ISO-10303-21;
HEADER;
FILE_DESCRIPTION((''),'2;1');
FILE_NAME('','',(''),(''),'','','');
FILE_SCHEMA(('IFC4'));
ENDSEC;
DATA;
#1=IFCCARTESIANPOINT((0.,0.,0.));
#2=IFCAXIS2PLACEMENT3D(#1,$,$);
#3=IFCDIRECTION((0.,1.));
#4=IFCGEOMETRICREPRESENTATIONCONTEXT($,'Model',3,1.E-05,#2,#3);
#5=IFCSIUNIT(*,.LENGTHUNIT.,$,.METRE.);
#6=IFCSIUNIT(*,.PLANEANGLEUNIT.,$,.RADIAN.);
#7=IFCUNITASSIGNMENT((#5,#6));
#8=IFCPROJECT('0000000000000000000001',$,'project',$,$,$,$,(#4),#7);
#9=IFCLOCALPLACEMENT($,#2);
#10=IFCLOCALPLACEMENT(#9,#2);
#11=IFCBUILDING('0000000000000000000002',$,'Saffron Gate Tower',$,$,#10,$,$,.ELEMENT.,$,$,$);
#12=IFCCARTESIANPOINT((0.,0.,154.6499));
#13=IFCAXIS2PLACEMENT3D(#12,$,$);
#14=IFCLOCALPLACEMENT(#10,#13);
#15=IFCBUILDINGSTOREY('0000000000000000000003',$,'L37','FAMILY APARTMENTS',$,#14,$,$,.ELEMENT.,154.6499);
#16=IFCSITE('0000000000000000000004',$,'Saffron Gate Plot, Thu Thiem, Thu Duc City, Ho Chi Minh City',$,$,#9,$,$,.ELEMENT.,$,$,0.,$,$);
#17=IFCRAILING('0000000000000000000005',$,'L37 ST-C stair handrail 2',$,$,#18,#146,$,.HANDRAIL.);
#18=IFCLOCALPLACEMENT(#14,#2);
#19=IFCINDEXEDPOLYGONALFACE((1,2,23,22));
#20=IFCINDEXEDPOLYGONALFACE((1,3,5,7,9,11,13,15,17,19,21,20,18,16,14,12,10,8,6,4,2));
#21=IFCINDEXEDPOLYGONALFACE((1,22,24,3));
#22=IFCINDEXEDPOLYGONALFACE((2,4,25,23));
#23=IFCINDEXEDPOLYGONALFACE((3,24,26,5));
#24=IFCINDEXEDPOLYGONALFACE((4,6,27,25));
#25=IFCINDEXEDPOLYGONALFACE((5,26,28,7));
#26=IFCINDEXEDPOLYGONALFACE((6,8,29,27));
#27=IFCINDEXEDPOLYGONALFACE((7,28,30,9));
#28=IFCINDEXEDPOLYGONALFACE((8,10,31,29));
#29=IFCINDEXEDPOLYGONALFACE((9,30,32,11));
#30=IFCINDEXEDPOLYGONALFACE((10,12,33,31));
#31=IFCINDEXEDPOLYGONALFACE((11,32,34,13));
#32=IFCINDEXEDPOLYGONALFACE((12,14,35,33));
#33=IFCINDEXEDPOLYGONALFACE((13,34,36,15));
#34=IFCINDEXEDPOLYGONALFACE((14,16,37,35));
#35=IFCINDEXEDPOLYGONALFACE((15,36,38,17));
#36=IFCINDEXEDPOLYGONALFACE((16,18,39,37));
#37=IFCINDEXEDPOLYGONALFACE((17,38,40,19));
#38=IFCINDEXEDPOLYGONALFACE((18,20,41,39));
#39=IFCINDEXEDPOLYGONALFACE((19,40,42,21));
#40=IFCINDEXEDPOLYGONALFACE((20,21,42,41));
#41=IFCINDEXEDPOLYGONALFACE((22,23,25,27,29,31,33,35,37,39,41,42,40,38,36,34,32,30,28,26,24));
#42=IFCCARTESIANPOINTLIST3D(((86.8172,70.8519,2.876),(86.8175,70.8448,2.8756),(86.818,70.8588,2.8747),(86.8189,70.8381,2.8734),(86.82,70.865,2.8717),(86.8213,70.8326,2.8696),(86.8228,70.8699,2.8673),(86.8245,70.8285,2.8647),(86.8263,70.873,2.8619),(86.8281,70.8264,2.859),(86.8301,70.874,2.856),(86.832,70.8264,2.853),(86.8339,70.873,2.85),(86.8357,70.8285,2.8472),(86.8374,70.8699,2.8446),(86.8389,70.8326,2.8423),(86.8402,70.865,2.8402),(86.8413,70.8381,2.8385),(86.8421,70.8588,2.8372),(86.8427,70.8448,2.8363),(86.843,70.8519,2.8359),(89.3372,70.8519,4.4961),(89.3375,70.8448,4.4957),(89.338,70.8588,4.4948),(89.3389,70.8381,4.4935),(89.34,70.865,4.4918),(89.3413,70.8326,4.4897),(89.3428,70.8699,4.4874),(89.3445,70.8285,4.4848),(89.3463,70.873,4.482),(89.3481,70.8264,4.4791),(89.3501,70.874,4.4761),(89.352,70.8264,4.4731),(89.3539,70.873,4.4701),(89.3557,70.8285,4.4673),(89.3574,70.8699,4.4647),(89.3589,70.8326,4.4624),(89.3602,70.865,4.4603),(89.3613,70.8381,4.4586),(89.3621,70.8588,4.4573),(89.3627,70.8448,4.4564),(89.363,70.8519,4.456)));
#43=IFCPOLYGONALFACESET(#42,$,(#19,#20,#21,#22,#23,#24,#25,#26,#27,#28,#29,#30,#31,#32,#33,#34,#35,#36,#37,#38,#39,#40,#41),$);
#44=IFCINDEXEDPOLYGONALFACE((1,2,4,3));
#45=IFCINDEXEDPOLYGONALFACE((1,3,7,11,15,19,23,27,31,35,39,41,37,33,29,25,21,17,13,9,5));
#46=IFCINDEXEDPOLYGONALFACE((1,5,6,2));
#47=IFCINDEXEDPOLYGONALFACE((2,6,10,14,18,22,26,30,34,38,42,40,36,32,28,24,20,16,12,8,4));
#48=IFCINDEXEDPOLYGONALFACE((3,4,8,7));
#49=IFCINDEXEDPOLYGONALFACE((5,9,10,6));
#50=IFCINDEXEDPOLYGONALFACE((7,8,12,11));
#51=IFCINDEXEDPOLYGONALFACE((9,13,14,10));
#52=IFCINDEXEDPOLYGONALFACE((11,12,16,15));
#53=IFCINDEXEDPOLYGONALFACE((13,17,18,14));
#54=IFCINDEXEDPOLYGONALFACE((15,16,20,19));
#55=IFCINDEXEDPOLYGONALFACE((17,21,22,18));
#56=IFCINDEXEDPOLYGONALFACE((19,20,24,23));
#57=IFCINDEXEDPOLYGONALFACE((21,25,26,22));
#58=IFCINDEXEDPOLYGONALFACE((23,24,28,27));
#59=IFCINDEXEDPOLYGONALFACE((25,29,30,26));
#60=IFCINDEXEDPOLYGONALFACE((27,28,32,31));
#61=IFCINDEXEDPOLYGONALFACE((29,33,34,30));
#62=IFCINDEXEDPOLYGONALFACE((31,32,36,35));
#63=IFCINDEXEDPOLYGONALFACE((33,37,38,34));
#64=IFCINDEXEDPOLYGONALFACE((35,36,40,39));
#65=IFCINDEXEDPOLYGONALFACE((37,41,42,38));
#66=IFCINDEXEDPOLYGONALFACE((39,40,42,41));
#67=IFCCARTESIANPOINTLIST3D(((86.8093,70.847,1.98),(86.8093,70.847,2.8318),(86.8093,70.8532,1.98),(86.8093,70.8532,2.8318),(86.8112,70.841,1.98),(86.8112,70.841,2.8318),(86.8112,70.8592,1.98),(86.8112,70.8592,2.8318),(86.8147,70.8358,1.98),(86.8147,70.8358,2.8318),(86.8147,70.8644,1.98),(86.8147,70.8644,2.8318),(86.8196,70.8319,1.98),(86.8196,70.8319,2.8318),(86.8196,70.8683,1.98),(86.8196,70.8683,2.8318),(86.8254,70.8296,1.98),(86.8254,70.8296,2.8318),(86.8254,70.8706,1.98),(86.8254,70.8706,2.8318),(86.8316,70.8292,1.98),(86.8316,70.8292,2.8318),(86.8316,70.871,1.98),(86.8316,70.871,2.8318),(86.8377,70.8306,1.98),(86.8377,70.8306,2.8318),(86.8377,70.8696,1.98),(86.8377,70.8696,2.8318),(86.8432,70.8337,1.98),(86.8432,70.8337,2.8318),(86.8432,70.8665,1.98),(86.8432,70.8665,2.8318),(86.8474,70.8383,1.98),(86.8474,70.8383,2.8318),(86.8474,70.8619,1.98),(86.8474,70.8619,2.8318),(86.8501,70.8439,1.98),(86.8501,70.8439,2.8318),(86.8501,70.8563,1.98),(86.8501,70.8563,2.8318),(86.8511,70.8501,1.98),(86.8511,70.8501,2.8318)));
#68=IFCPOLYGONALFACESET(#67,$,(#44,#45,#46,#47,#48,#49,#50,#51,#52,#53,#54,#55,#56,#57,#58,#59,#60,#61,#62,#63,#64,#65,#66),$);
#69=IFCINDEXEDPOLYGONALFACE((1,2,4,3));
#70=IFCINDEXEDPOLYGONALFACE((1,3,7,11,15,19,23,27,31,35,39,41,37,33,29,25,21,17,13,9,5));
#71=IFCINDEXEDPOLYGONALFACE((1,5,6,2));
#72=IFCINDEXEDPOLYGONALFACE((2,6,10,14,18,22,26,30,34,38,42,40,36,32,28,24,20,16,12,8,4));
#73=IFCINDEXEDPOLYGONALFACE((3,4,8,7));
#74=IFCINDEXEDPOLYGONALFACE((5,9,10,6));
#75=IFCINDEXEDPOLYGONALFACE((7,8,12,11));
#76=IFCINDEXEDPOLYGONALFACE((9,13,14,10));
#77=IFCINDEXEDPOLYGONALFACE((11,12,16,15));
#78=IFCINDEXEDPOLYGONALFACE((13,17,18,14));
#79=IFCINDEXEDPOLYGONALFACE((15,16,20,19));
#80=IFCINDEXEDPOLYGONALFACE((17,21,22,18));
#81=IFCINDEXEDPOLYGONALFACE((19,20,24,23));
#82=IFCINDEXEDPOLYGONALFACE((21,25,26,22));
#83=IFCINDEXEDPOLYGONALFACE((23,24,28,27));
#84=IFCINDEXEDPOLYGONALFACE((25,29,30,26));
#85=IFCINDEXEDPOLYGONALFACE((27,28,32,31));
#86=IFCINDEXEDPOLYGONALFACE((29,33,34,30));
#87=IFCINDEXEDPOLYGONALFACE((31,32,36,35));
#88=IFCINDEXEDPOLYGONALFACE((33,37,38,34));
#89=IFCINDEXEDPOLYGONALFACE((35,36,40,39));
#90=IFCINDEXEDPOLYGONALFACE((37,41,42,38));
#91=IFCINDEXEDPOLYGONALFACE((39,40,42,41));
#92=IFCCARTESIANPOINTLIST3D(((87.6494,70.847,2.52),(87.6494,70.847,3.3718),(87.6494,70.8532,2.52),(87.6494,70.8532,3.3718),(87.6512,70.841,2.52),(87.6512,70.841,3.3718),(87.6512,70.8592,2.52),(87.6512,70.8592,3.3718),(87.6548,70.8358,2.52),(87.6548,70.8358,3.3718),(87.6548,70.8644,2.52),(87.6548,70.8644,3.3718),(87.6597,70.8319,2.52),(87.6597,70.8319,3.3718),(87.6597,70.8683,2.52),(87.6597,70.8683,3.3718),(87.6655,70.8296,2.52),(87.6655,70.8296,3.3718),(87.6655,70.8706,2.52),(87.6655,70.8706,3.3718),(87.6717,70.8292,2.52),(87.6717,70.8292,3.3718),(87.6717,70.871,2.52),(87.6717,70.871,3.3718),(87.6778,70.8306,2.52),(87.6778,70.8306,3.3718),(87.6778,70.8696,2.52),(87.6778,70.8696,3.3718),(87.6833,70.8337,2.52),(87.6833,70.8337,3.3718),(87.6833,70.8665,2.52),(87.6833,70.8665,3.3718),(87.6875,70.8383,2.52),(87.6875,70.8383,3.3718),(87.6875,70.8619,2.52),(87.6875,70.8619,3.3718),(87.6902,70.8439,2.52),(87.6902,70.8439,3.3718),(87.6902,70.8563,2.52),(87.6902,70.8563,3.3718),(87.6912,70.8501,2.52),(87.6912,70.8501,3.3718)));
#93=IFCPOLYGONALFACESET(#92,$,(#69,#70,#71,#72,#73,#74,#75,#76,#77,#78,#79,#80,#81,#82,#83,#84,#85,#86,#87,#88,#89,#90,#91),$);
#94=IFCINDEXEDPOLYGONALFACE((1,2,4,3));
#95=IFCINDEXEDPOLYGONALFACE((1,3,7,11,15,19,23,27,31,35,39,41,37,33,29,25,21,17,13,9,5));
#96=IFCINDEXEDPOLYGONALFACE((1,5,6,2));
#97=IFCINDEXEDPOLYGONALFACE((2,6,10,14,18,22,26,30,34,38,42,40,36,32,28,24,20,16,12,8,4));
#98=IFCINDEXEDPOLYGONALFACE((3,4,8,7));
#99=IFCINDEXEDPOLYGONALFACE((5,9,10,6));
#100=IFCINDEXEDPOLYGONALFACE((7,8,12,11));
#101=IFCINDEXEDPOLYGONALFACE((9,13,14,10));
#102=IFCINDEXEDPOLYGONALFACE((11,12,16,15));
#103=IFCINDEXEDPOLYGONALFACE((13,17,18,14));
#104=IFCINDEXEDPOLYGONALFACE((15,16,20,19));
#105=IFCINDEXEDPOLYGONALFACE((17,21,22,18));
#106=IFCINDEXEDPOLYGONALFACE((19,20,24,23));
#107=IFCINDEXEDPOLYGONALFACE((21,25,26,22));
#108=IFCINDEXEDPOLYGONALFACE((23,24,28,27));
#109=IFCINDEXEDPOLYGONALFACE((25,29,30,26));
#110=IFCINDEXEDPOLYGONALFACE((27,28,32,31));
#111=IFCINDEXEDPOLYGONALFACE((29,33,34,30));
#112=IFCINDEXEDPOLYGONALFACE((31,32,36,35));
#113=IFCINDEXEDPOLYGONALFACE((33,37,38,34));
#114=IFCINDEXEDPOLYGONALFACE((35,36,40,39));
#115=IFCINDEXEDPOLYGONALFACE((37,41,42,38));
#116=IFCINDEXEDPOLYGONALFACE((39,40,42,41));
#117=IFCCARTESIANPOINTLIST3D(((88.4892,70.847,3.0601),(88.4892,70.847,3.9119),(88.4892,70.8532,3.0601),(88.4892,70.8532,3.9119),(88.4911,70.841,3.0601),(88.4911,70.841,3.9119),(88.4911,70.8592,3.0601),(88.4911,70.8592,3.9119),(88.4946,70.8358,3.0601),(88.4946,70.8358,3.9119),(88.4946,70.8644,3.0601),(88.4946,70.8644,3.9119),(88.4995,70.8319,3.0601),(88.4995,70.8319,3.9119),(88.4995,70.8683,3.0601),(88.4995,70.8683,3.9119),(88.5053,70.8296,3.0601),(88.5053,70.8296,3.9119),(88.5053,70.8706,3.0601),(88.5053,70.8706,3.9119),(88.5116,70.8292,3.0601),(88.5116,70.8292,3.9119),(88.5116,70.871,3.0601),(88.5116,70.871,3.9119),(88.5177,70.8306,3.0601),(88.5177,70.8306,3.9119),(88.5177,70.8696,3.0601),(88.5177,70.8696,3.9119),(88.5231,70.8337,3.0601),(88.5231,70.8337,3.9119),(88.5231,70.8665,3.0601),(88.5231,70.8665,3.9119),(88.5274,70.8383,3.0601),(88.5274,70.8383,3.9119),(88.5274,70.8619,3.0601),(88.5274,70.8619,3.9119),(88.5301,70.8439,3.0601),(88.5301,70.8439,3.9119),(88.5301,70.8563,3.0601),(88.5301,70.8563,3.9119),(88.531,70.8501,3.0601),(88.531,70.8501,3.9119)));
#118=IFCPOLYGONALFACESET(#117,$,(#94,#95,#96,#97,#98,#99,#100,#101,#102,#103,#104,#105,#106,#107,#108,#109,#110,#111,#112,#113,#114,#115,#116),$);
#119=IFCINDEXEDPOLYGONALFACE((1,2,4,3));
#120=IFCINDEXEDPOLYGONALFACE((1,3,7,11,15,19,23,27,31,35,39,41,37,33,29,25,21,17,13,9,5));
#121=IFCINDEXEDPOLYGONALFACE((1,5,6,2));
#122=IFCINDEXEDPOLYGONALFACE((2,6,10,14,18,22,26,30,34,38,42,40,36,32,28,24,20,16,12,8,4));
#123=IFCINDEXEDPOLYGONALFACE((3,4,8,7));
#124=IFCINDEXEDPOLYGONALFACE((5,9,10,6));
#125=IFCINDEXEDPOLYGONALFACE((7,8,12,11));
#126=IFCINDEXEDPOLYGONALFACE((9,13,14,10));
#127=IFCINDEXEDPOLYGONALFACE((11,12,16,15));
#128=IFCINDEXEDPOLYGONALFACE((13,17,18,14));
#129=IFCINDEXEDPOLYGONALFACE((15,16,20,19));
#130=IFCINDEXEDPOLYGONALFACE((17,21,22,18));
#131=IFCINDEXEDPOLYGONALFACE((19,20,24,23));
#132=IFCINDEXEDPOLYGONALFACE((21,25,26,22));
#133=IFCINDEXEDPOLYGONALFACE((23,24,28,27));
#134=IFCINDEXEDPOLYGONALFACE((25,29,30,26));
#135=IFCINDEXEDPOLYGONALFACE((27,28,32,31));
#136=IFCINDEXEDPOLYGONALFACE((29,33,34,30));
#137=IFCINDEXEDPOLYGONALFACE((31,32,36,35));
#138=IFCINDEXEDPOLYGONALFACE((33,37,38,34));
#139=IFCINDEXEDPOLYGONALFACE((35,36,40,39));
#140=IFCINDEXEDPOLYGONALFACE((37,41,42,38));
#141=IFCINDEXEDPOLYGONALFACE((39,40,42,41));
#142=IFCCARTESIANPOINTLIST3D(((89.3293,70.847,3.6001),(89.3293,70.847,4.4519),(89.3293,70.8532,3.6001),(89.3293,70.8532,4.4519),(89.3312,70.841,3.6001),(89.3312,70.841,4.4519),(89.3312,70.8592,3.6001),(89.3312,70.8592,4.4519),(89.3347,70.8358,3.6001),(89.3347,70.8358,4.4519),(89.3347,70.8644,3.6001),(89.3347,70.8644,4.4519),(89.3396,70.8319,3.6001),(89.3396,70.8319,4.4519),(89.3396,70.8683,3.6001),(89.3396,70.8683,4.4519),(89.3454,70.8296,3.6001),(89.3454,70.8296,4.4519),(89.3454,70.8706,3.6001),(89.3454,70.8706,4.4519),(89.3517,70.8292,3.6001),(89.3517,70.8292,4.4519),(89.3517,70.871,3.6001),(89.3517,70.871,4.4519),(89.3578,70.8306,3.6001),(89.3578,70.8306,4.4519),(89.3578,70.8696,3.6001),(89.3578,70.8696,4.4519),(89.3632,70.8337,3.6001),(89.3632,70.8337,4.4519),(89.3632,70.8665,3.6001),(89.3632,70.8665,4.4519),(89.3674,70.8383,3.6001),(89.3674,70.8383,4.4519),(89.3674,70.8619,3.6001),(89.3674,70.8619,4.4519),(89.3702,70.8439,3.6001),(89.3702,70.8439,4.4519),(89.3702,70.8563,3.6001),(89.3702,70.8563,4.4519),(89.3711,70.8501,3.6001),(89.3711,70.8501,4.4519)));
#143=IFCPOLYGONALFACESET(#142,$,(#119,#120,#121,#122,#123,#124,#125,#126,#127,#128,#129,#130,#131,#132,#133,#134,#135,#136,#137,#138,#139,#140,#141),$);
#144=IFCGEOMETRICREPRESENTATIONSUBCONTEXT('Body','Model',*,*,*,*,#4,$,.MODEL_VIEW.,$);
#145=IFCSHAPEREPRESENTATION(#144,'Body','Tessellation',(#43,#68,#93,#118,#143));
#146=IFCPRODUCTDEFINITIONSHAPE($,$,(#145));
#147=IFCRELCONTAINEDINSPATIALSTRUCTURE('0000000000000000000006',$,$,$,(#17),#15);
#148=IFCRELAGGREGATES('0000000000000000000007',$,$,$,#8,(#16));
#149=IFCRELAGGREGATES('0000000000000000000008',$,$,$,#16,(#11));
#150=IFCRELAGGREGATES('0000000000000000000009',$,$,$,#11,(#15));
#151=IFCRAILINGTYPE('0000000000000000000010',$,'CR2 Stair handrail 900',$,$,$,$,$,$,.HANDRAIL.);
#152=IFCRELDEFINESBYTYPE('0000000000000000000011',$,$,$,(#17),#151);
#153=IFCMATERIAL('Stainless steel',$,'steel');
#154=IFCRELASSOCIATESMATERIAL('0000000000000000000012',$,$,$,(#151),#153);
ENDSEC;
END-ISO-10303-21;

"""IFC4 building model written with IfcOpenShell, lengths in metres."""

from ifc_helpers import new_model, si_unit, direction, frame, origin, origin_2d, place, context, subcontext, project, spatial, circle, extrude, material, type_object, element, save


model = new_model("IFC4")

# Units and contexts
model_context = context("Model", 3, precision=1e-05, world=origin(), true_north=direction((0.0, 1.0)))
body_context = subcontext(model_context, "Body", "Model", "MODEL_VIEW")
ifc_project = project(units=[si_unit("LENGTHUNIT", "METRE"), si_unit("PLANEANGLEUNIT", "RADIAN")], contexts=[model_context])

# Site, building, storey
site_placement = place(None, origin())
site = spatial("IfcSite", under=ifc_project, at=site_placement, Name="Saffron Gate Plot, Thu Thiem, Thu Duc City, Ho Chi Minh City", CompositionType="ELEMENT", RefElevation=0.0)
building_placement = place(site_placement, origin())
building = spatial("IfcBuilding", under=site, at=building_placement, Name="Saffron Gate Tower", CompositionType="ELEMENT")
storey_placement = place(building_placement, frame((0.0, 0.0, 154.6499)))
storey = spatial("IfcBuildingStorey", under=building, at=storey_placement, Name="L37", Description="FAMILY APARTMENTS", CompositionType="ELEMENT", Elevation=154.6499)

# Railing
ifc_material_1 = material(Name="Stainless steel", Category="steel")
railing_type_1 = type_object("IfcRailingType", Name="CR2 Stair handrail 900", PredefinedType="HANDRAIL", material=ifc_material_1)
railing_1_placement = place(storey_placement, frame((86.8301, 70.8501, 1.98)))
element("IfcRailing", 1, at=railing_1_placement, inside=storey, type_object=railing_type_1, Name="L37 ST-C stair handrail 2", PredefinedType="HANDRAIL", context=body_context, shape_type="SweptSolid", body=[
    extrude(circle(Radius=0.0239, at=origin_2d()), frame((0.0, 0.0, 0.876), z_axis=(0.841163, 0.0, 0.540782), x_axis=(0.0, 1.0, 0.0)), (0.0, 0.0, 1.0), 2.9958),
    extrude(circle(Radius=0.021, at=origin_2d()), origin(), (0.0, 0.0, 1.0), 0.8518),
    extrude(circle(Radius=0.021, at=origin_2d()), frame((0.8401, 0.0, 0.54)), (0.0, 0.0, 1.0), 0.8518),
    extrude(circle(Radius=0.021, at=origin_2d()), frame((1.6799, 0.0, 1.0801)), (0.0, 0.0, 1.0), 0.8518),
    extrude(circle(Radius=0.021, at=origin_2d()), frame((2.52, 0.0, 1.6201)), (0.0, 0.0, 1.0), 0.8518),
])

save(model, "model.ifc")
